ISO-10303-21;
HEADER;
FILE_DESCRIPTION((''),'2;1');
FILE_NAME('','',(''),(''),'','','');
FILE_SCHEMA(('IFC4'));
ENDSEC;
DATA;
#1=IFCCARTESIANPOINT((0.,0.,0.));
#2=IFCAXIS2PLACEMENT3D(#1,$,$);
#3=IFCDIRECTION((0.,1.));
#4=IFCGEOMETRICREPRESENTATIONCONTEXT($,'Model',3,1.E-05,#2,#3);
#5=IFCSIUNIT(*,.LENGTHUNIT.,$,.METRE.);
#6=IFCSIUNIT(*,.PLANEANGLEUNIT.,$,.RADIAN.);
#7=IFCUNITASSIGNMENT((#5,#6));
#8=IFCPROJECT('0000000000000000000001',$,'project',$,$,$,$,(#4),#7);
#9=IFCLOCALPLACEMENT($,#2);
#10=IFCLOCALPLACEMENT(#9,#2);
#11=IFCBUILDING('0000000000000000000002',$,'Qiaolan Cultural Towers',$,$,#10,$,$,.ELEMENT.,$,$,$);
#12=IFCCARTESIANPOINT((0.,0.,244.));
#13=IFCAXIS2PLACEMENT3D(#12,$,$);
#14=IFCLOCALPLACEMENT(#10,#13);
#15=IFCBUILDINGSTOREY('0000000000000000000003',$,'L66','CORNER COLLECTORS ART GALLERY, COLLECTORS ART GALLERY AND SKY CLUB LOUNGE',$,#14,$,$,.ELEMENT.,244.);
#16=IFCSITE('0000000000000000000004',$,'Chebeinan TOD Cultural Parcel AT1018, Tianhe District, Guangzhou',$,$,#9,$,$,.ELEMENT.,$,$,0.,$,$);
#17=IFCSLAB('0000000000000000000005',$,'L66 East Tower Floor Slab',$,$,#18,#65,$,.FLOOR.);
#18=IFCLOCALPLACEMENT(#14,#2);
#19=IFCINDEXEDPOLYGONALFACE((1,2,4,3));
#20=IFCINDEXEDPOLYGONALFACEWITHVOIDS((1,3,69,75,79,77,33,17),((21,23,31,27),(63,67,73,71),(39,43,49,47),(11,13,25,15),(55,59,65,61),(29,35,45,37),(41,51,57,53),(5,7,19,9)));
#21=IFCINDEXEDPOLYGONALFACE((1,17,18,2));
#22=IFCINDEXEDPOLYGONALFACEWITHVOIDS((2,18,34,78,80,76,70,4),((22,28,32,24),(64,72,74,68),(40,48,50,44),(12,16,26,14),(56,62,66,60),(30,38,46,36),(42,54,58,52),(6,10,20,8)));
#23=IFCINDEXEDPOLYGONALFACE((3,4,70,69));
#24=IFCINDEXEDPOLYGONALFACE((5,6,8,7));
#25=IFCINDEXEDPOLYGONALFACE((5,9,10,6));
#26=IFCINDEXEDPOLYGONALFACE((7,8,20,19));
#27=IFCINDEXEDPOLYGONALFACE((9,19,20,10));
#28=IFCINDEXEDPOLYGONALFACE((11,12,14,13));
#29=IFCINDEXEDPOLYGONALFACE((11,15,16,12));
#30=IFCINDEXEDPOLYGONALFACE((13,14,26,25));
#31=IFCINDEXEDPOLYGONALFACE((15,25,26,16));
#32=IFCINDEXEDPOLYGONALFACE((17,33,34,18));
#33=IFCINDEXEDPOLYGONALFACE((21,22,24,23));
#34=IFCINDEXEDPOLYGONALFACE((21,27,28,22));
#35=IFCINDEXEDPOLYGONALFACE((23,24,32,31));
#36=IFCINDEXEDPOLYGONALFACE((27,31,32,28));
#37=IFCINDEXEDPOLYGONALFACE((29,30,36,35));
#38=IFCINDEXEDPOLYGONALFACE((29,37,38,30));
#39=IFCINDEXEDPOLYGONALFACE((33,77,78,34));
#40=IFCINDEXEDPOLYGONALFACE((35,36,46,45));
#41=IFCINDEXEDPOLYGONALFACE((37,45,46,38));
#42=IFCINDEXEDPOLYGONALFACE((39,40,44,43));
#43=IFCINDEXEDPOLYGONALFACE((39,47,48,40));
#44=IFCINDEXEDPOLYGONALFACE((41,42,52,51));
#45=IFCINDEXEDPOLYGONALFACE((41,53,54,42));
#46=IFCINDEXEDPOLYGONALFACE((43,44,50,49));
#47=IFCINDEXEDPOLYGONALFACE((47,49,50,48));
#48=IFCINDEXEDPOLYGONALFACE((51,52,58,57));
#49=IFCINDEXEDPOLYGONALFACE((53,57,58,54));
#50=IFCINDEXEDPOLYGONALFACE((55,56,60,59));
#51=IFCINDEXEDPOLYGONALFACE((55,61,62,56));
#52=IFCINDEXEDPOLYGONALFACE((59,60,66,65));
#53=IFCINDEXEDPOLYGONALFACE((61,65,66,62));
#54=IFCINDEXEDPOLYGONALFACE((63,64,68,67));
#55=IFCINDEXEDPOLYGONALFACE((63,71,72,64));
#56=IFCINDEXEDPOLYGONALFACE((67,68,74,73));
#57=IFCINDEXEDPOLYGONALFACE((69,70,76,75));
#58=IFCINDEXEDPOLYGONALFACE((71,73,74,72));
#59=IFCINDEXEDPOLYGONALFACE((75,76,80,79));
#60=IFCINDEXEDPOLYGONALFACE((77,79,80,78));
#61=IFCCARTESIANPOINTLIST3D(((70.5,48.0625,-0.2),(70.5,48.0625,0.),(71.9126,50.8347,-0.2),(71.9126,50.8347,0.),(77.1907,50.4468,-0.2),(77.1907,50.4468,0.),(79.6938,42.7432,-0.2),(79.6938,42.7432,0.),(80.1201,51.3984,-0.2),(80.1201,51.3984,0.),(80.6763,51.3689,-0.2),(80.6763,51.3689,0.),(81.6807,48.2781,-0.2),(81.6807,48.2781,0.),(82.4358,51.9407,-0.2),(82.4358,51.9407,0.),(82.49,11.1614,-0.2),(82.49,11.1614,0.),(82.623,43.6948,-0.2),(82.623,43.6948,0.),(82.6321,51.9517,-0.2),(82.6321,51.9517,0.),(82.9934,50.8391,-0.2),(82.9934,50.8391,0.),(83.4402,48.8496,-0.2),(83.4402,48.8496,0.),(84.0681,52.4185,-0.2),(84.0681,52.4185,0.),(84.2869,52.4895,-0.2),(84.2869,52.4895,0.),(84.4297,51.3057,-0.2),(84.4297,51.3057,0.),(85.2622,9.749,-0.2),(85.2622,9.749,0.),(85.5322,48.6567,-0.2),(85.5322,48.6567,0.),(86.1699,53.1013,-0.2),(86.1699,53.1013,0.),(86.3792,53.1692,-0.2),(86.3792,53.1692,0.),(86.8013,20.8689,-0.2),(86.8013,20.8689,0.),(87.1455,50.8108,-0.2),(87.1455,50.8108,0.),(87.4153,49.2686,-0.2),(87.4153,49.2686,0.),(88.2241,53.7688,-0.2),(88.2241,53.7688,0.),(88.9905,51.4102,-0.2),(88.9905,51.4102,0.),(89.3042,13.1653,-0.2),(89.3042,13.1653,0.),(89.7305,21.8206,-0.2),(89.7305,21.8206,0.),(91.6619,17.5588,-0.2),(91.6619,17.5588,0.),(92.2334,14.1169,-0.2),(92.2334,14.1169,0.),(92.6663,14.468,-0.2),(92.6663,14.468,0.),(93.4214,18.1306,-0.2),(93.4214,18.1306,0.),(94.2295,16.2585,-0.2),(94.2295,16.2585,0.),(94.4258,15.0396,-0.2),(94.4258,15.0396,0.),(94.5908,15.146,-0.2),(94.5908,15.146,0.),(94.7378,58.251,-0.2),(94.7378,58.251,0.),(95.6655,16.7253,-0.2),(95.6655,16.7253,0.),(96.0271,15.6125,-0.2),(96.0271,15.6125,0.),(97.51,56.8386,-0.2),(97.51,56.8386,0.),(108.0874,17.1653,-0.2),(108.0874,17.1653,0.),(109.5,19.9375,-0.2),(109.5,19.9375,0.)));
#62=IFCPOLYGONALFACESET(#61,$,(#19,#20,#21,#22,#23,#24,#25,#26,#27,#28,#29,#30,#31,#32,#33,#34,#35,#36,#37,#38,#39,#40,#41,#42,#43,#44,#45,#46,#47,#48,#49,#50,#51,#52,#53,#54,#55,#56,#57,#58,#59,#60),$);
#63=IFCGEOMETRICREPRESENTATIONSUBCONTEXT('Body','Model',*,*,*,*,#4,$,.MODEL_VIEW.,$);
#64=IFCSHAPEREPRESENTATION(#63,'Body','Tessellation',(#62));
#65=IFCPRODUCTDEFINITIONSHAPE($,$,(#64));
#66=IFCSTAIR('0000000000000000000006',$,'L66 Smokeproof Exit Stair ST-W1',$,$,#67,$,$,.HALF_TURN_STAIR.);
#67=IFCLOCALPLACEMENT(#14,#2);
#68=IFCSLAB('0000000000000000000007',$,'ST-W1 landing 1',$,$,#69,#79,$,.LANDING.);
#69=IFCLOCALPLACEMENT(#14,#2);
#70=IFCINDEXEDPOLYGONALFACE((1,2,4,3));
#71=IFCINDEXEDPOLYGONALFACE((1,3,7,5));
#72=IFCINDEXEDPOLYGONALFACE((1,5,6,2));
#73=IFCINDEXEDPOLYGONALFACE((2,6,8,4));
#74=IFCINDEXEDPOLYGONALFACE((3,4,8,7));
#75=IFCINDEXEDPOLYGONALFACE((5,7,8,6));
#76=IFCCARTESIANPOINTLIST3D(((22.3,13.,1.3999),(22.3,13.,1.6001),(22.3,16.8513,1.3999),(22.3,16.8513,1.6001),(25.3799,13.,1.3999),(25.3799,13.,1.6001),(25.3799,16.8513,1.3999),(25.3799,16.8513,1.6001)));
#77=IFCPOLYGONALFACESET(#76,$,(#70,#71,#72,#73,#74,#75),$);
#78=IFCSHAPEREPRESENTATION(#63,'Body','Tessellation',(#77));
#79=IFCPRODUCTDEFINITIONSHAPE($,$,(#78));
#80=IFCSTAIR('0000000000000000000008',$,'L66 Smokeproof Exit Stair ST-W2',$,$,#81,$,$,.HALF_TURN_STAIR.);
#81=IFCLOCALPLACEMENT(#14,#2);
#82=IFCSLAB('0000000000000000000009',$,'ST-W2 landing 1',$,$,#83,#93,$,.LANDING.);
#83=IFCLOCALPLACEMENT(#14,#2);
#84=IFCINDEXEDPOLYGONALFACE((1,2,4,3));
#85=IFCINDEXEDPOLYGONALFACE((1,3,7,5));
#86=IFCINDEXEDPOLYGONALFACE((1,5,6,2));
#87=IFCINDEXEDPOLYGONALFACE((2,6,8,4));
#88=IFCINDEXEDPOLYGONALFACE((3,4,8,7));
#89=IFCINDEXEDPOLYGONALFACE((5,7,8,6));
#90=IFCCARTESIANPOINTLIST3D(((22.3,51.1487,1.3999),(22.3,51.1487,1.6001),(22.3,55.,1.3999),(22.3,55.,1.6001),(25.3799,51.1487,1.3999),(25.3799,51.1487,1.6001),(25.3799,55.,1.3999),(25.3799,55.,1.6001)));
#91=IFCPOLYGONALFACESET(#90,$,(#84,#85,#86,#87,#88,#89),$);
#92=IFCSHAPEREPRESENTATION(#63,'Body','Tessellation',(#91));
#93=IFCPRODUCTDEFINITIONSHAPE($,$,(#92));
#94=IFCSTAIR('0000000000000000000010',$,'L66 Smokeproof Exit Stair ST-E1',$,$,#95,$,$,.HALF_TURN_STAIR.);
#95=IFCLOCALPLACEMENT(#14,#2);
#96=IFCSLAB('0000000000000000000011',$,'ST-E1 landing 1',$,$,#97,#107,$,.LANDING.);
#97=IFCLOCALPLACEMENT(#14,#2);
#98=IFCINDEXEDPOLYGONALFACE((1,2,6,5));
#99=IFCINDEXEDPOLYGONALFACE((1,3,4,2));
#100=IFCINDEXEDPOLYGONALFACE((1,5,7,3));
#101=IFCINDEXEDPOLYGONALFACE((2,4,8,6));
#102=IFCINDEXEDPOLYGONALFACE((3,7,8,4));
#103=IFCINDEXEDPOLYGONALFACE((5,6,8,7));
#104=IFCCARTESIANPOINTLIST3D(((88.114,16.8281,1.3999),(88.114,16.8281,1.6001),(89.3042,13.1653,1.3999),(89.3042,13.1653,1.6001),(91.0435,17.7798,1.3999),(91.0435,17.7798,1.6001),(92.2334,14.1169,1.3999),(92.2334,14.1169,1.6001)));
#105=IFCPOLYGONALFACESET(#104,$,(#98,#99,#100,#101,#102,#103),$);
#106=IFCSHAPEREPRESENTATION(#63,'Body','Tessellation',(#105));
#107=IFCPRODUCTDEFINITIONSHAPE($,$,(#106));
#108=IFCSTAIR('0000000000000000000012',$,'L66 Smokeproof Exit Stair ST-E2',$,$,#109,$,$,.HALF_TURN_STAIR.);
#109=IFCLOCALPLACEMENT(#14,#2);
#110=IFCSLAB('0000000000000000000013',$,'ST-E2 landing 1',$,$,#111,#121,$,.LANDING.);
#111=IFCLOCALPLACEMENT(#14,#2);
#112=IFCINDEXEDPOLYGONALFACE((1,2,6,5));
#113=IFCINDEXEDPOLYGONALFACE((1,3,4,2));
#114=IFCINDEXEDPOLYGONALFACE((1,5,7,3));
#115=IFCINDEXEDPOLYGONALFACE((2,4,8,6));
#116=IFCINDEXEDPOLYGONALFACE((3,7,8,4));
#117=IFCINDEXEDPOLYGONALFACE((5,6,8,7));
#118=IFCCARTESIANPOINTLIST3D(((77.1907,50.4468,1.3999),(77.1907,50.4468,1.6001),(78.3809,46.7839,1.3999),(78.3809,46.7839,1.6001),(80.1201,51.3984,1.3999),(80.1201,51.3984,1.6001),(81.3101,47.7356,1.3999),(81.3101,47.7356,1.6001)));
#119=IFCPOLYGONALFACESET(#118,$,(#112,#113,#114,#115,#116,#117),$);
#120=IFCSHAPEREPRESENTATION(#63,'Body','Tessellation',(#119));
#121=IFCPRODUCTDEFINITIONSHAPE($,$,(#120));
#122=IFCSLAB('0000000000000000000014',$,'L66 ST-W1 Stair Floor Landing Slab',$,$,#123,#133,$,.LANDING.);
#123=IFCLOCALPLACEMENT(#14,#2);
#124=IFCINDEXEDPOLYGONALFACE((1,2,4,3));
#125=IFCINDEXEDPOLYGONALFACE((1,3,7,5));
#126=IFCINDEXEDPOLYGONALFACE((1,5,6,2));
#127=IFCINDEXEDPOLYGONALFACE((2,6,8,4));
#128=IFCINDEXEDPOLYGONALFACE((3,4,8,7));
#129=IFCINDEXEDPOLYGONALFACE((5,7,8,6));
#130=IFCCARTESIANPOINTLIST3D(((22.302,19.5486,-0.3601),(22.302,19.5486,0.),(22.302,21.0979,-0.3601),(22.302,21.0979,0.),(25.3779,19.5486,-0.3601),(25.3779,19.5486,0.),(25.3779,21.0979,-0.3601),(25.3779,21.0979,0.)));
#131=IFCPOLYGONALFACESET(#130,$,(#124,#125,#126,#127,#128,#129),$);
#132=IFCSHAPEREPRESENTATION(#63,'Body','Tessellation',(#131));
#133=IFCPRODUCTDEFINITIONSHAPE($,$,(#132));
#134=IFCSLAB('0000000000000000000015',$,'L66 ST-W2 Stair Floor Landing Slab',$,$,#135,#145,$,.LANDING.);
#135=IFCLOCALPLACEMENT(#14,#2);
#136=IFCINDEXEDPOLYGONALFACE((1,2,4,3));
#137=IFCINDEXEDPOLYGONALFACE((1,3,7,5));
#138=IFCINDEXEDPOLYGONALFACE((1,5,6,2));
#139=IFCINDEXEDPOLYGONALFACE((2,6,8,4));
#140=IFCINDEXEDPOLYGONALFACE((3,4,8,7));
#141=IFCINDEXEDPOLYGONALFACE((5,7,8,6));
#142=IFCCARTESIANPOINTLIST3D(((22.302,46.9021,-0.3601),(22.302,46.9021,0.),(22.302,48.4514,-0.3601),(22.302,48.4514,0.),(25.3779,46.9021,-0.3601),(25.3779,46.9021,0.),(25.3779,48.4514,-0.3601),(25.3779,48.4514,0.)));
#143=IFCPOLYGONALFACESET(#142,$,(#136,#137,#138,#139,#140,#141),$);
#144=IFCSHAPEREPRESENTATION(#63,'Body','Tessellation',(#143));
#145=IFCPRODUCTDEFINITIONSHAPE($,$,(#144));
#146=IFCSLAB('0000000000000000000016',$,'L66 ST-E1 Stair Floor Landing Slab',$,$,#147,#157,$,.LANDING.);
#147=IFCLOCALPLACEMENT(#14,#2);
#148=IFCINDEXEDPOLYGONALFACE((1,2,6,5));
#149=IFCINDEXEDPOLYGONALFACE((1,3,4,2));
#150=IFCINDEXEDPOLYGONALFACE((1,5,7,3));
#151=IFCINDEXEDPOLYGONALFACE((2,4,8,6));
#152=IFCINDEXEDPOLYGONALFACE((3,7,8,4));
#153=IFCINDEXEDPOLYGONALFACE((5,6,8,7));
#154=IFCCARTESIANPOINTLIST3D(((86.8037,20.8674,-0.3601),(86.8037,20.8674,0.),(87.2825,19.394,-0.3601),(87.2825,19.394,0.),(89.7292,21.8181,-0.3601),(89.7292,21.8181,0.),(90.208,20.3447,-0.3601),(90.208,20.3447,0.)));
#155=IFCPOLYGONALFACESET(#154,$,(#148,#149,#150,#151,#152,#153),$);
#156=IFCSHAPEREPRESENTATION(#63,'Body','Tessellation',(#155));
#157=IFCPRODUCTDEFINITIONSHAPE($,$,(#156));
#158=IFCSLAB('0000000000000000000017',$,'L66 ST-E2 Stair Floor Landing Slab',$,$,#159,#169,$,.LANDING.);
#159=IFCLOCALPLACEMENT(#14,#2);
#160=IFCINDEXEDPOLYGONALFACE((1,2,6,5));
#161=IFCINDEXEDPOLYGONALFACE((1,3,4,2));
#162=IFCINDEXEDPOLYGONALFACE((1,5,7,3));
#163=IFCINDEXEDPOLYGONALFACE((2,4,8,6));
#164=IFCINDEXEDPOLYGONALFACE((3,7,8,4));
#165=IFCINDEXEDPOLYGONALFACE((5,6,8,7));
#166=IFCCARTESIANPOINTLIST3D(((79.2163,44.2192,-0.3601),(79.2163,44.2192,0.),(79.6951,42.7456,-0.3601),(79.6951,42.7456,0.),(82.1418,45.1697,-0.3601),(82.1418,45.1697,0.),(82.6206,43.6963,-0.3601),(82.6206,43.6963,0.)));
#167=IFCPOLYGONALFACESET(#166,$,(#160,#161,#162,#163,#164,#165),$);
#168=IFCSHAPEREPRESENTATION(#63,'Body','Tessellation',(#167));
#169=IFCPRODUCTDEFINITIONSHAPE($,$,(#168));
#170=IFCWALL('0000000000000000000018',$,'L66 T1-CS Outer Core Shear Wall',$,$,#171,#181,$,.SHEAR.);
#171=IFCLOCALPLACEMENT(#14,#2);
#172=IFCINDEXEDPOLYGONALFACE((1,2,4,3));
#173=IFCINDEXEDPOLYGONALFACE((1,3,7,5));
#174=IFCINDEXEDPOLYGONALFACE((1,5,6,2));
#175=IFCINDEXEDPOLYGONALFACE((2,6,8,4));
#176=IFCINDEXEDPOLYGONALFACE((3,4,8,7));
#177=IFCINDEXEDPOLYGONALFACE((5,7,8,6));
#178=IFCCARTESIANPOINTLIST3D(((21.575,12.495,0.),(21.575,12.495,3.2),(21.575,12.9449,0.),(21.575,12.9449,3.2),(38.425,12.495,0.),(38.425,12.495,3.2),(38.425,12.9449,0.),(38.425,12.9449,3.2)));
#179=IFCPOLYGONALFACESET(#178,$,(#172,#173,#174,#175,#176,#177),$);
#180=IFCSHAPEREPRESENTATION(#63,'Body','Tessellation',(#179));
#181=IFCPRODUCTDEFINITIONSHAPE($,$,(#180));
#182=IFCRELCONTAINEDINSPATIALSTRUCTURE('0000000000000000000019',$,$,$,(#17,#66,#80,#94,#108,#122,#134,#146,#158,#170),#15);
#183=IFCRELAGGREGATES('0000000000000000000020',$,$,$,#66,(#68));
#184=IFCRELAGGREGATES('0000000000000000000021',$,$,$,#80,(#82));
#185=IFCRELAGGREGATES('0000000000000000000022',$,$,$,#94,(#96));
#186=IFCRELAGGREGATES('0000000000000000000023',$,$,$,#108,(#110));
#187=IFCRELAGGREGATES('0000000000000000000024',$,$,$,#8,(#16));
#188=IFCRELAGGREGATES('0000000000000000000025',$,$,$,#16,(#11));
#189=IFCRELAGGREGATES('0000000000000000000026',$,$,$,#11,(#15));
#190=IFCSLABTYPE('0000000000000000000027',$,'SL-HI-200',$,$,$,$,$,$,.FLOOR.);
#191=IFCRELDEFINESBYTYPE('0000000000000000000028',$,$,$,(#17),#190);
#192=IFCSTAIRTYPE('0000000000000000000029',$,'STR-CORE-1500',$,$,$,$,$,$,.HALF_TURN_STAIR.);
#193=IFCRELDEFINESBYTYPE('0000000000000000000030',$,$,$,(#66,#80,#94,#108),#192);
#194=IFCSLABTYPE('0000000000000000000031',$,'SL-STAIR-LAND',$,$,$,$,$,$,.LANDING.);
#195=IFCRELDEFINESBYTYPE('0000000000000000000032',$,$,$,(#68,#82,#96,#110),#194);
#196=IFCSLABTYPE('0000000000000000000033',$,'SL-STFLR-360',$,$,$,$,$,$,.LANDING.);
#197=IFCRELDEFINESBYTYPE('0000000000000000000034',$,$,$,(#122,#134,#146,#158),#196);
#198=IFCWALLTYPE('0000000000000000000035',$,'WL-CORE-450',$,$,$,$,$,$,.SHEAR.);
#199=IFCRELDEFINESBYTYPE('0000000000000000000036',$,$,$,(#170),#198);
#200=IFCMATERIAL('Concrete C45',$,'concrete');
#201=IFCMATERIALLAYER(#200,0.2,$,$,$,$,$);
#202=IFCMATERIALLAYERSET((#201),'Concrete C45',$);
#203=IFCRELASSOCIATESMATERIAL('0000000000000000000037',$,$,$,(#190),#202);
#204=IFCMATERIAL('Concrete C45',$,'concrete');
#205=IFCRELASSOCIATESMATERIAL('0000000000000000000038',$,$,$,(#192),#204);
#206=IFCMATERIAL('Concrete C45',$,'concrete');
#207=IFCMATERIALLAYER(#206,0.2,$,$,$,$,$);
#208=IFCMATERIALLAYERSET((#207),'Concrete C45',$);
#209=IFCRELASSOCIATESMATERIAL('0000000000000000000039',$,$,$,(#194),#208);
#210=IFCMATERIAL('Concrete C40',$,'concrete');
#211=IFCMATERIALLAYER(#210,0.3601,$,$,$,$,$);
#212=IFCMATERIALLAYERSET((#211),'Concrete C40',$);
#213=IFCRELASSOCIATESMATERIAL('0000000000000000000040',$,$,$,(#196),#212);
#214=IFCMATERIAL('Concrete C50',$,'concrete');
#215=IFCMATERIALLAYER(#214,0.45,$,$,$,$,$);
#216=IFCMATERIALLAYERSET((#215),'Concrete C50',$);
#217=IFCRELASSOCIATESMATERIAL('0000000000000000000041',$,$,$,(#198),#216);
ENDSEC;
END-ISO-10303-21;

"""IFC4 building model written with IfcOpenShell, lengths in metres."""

from ifc_helpers import new_model, si_unit, direction, frame, frame_2d, origin, place, context, subcontext, project, spatial, polyline, rectangle, outline, extrude, material, layer, layer_set, type_object, element, aggregate, save


model = new_model("IFC4")

# Units and contexts
model_context = context("Model", 3, precision=1e-05, world=origin(), true_north=direction((0.0, 1.0)))
body_context = subcontext(model_context, "Body", "Model", "MODEL_VIEW")
ifc_project = project(units=[si_unit("LENGTHUNIT", "METRE"), si_unit("PLANEANGLEUNIT", "RADIAN")], contexts=[model_context])

# Site, building, storey
site_placement = place(None, origin())
site = spatial("IfcSite", under=ifc_project, at=site_placement, Name="Chebeinan TOD Cultural Parcel AT1018, Tianhe District, Guangzhou", CompositionType="ELEMENT", RefElevation=0.0)
building_placement = place(site_placement, origin())
building = spatial("IfcBuilding", under=site, at=building_placement, Name="Qiaolan Cultural Towers", CompositionType="ELEMENT")
storey_placement = place(building_placement, frame((0.0, 0.0, 244.0)))
storey = spatial("IfcBuildingStorey", under=building, at=storey_placement, Name="L66", Description="CORNER COLLECTORS ART GALLERY, COLLECTORS ART GALLERY AND SKY CLUB LOUNGE", CompositionType="ELEMENT", Elevation=244.0)

# Slab
ifc_material_1 = material(Name="Concrete C45", Category="concrete")
ifc_layer_1 = layer(ifc_material_1, 0.2)
ifc_layer_set_1 = layer_set([ifc_layer_1], Name="Concrete C45")
slab_type_1 = type_object("IfcSlabType", Name="SL-HI-200", PredefinedType="FLOOR", material=ifc_layer_set_1)
slab_1_placement = place(storey_placement, frame((0.0, 0.0, -0.2)))
element("IfcSlab", 1, at=slab_1_placement, inside=storey, type_object=slab_type_1, Name="L66 East Tower Floor Slab", PredefinedType="FLOOR", context=body_context, shape_type="SweptSolid", body=[
    extrude(outline(polyline([(85.2622, 9.749), (108.0874, 17.1653), (109.5, 19.9375), (97.51, 56.8386), (94.7378, 58.251), (71.9126, 50.8347), (70.5, 48.0625), (82.49, 11.1614), (85.2622, 9.749)]), holes=[polyline([(86.8013, 20.8689), (89.3042, 13.1653), (92.2334, 14.1169), (89.7305, 21.8206), (86.8013, 20.8689)]), polyline([(82.623, 43.6948), (80.1201, 51.3984), (77.1907, 50.4468), (79.6938, 42.7432), (82.623, 43.6948)]), polyline([(92.6663, 14.468), (94.4258, 15.0396), (93.4214, 18.1306), (91.6619, 17.5588), (92.6663, 14.468)]), polyline([(94.5908, 15.146), (96.0271, 15.6125), (95.6655, 16.7253), (94.2295, 16.2585), (94.5908, 15.146)]), polyline([(81.6807, 48.2781), (83.4402, 48.8496), (82.4358, 51.9407), (80.6763, 51.3689), (81.6807, 48.2781)]), polyline([(82.9934, 50.8391), (84.4297, 51.3057), (84.0681, 52.4185), (82.6321, 51.9517), (82.9934, 50.8391)]), polyline([(87.1455, 50.8108), (88.9905, 51.4102), (88.2241, 53.7688), (86.3792, 53.1692), (87.1455, 50.8108)]), polyline([(85.5322, 48.6567), (87.4153, 49.2686), (86.1699, 53.1013), (84.2869, 52.4895), (85.5322, 48.6567)])]), origin(), (0.0, 0.0, 1.0), 0.2),
])

# Stairs, slabs
ifc_material_2 = material(Name="Concrete C45", Category="concrete")
stair_type = type_object("IfcStairType", Name="STR-CORE-1500", PredefinedType="HALF_TURN_STAIR", material=ifc_material_2)
stair_1_placement = place(storey_placement, origin())
stair_1 = element("IfcStair", 2, at=stair_1_placement, inside=storey, type_object=stair_type, Name="L66 Smokeproof Exit Stair ST-W1", PredefinedType="HALF_TURN_STAIR")
ifc_material_3 = material(Name="Concrete C45", Category="concrete")
ifc_layer_2 = layer(ifc_material_3, 0.2)
ifc_layer_set_2 = layer_set([ifc_layer_2], Name="Concrete C45")
slab_type_2 = type_object("IfcSlabType", Name="SL-STAIR-LAND", PredefinedType="LANDING", material=ifc_layer_set_2)
slab_2_placement = place(storey_placement, frame((0.0, 0.0, 1.3999)))
slab_2 = element("IfcSlab", 3, at=slab_2_placement, type_object=slab_type_2, Name="ST-W1 landing 1", PredefinedType="LANDING", context=body_context, shape_type="SweptSolid", body=[
    extrude(outline(polyline([(22.3, 16.8513), (22.3, 13.0), (25.3799, 13.0), (25.3799, 16.8513), (22.3, 16.8513)])), origin(), (0.0, 0.0, 1.0), 0.2002),
])
aggregate(stair_1, [slab_2])
stair_2_placement = place(storey_placement, origin())
stair_2 = element("IfcStair", 4, at=stair_2_placement, inside=storey, type_object=stair_type, Name="L66 Smokeproof Exit Stair ST-W2", PredefinedType="HALF_TURN_STAIR")
slab_3_placement = place(storey_placement, frame((0.0, 0.0, 1.3999)))
slab_3 = element("IfcSlab", 5, at=slab_3_placement, type_object=slab_type_2, Name="ST-W2 landing 1", PredefinedType="LANDING", context=body_context, shape_type="SweptSolid", body=[
    extrude(outline(polyline([(25.3799, 51.1487), (25.3799, 55.0), (22.3, 55.0), (22.3, 51.1487), (25.3799, 51.1487)])), origin(), (0.0, 0.0, 1.0), 0.2002),
])
aggregate(stair_2, [slab_3])
stair_3_placement = place(storey_placement, origin())
stair_3 = element("IfcStair", 6, at=stair_3_placement, inside=storey, type_object=stair_type, Name="L66 Smokeproof Exit Stair ST-E1", PredefinedType="HALF_TURN_STAIR")
slab_4_placement = place(storey_placement, frame((0.0, 0.0, 1.3999)))
slab_4 = element("IfcSlab", 7, at=slab_4_placement, type_object=slab_type_2, Name="ST-E1 landing 1", PredefinedType="LANDING", context=body_context, shape_type="SweptSolid", body=[
    extrude(outline(polyline([(88.114, 16.8281), (89.3042, 13.1653), (92.2334, 14.1169), (91.0435, 17.7798), (88.114, 16.8281)])), origin(), (0.0, 0.0, 1.0), 0.2002),
])
aggregate(stair_3, [slab_4])
stair_4_placement = place(storey_placement, origin())
stair_4 = element("IfcStair", 8, at=stair_4_placement, inside=storey, type_object=stair_type, Name="L66 Smokeproof Exit Stair ST-E2", PredefinedType="HALF_TURN_STAIR")
slab_5_placement = place(storey_placement, frame((0.0, 0.0, 1.3999)))
slab_5 = element("IfcSlab", 9, at=slab_5_placement, type_object=slab_type_2, Name="ST-E2 landing 1", PredefinedType="LANDING", context=body_context, shape_type="SweptSolid", body=[
    extrude(outline(polyline([(81.3101, 47.7356), (80.1201, 51.3984), (77.1907, 50.4468), (78.3809, 46.7839), (81.3101, 47.7356)])), origin(), (0.0, 0.0, 1.0), 0.2002),
])
aggregate(stair_4, [slab_5])

# Slabs
ifc_material_4 = material(Name="Concrete C40", Category="concrete")
ifc_layer_3 = layer(ifc_material_4, 0.3601)
ifc_layer_set_3 = layer_set([ifc_layer_3], Name="Concrete C40")
slab_type_3 = type_object("IfcSlabType", Name="SL-STFLR-360", PredefinedType="LANDING", material=ifc_layer_set_3)
slab_6_placement = place(storey_placement, frame((0.0, 0.0, -0.3601)))
element("IfcSlab", 10, at=slab_6_placement, inside=storey, type_object=slab_type_3, Name="L66 ST-W1 Stair Floor Landing Slab", PredefinedType="LANDING", context=body_context, shape_type="SweptSolid", body=[
    extrude(outline(polyline([(22.302, 21.0979), (22.302, 19.5486), (25.3779, 19.5486), (25.3779, 21.0979), (22.302, 21.0979)])), origin(), (0.0, 0.0, 1.0), 0.3601),
])
slab_7_placement = place(storey_placement, frame((0.0, 0.0, -0.3601)))
element("IfcSlab", 11, at=slab_7_placement, inside=storey, type_object=slab_type_3, Name="L66 ST-W2 Stair Floor Landing Slab", PredefinedType="LANDING", context=body_context, shape_type="SweptSolid", body=[
    extrude(outline(polyline([(25.3779, 46.9021), (25.3779, 48.4514), (22.302, 48.4514), (22.302, 46.9021), (25.3779, 46.9021)])), origin(), (0.0, 0.0, 1.0), 0.3601),
])
slab_8_placement = place(storey_placement, frame((0.0, 0.0, -0.3601)))
element("IfcSlab", 12, at=slab_8_placement, inside=storey, type_object=slab_type_3, Name="L66 ST-E1 Stair Floor Landing Slab", PredefinedType="LANDING", context=body_context, shape_type="SweptSolid", body=[
    extrude(outline(polyline([(86.8037, 20.8674), (87.2825, 19.394), (90.208, 20.3447), (89.7292, 21.8181), (86.8037, 20.8674)])), origin(), (0.0, 0.0, 1.0), 0.3601),
])
slab_9_placement = place(storey_placement, frame((0.0, 0.0, -0.3601)))
element("IfcSlab", 13, at=slab_9_placement, inside=storey, type_object=slab_type_3, Name="L66 ST-E2 Stair Floor Landing Slab", PredefinedType="LANDING", context=body_context, shape_type="SweptSolid", body=[
    extrude(outline(polyline([(82.6206, 43.6963), (82.1418, 45.1697), (79.2163, 44.2192), (79.6951, 42.7456), (82.6206, 43.6963)])), origin(), (0.0, 0.0, 1.0), 0.3601),
])

# Wall
ifc_material_5 = material(Name="Concrete C50", Category="concrete")
ifc_layer_4 = layer(ifc_material_5, 0.45)
ifc_layer_set_4 = layer_set([ifc_layer_4], Name="Concrete C50")
wall_type_1 = type_object("IfcWallType", Name="WL-CORE-450", PredefinedType="SHEAR", material=ifc_layer_set_4)
wall_1_placement = place(storey_placement, frame((21.575, 12.72, 0.0), z_axis=(0.0, 0.0, 1.0), x_axis=(1.0, 0.0, 0.0)))
element("IfcWall", 14, at=wall_1_placement, inside=storey, type_object=wall_type_1, Name="L66 T1-CS Outer Core Shear Wall", PredefinedType="SHEAR", context=body_context, shape_type="SweptSolid", body=[
    extrude(rectangle(XDim=16.8501, YDim=0.45, at=frame_2d((8.425, 0.0))), origin(), (0.0, 0.0, 1.0), 3.2),
])

save(model, "model.ifc")
